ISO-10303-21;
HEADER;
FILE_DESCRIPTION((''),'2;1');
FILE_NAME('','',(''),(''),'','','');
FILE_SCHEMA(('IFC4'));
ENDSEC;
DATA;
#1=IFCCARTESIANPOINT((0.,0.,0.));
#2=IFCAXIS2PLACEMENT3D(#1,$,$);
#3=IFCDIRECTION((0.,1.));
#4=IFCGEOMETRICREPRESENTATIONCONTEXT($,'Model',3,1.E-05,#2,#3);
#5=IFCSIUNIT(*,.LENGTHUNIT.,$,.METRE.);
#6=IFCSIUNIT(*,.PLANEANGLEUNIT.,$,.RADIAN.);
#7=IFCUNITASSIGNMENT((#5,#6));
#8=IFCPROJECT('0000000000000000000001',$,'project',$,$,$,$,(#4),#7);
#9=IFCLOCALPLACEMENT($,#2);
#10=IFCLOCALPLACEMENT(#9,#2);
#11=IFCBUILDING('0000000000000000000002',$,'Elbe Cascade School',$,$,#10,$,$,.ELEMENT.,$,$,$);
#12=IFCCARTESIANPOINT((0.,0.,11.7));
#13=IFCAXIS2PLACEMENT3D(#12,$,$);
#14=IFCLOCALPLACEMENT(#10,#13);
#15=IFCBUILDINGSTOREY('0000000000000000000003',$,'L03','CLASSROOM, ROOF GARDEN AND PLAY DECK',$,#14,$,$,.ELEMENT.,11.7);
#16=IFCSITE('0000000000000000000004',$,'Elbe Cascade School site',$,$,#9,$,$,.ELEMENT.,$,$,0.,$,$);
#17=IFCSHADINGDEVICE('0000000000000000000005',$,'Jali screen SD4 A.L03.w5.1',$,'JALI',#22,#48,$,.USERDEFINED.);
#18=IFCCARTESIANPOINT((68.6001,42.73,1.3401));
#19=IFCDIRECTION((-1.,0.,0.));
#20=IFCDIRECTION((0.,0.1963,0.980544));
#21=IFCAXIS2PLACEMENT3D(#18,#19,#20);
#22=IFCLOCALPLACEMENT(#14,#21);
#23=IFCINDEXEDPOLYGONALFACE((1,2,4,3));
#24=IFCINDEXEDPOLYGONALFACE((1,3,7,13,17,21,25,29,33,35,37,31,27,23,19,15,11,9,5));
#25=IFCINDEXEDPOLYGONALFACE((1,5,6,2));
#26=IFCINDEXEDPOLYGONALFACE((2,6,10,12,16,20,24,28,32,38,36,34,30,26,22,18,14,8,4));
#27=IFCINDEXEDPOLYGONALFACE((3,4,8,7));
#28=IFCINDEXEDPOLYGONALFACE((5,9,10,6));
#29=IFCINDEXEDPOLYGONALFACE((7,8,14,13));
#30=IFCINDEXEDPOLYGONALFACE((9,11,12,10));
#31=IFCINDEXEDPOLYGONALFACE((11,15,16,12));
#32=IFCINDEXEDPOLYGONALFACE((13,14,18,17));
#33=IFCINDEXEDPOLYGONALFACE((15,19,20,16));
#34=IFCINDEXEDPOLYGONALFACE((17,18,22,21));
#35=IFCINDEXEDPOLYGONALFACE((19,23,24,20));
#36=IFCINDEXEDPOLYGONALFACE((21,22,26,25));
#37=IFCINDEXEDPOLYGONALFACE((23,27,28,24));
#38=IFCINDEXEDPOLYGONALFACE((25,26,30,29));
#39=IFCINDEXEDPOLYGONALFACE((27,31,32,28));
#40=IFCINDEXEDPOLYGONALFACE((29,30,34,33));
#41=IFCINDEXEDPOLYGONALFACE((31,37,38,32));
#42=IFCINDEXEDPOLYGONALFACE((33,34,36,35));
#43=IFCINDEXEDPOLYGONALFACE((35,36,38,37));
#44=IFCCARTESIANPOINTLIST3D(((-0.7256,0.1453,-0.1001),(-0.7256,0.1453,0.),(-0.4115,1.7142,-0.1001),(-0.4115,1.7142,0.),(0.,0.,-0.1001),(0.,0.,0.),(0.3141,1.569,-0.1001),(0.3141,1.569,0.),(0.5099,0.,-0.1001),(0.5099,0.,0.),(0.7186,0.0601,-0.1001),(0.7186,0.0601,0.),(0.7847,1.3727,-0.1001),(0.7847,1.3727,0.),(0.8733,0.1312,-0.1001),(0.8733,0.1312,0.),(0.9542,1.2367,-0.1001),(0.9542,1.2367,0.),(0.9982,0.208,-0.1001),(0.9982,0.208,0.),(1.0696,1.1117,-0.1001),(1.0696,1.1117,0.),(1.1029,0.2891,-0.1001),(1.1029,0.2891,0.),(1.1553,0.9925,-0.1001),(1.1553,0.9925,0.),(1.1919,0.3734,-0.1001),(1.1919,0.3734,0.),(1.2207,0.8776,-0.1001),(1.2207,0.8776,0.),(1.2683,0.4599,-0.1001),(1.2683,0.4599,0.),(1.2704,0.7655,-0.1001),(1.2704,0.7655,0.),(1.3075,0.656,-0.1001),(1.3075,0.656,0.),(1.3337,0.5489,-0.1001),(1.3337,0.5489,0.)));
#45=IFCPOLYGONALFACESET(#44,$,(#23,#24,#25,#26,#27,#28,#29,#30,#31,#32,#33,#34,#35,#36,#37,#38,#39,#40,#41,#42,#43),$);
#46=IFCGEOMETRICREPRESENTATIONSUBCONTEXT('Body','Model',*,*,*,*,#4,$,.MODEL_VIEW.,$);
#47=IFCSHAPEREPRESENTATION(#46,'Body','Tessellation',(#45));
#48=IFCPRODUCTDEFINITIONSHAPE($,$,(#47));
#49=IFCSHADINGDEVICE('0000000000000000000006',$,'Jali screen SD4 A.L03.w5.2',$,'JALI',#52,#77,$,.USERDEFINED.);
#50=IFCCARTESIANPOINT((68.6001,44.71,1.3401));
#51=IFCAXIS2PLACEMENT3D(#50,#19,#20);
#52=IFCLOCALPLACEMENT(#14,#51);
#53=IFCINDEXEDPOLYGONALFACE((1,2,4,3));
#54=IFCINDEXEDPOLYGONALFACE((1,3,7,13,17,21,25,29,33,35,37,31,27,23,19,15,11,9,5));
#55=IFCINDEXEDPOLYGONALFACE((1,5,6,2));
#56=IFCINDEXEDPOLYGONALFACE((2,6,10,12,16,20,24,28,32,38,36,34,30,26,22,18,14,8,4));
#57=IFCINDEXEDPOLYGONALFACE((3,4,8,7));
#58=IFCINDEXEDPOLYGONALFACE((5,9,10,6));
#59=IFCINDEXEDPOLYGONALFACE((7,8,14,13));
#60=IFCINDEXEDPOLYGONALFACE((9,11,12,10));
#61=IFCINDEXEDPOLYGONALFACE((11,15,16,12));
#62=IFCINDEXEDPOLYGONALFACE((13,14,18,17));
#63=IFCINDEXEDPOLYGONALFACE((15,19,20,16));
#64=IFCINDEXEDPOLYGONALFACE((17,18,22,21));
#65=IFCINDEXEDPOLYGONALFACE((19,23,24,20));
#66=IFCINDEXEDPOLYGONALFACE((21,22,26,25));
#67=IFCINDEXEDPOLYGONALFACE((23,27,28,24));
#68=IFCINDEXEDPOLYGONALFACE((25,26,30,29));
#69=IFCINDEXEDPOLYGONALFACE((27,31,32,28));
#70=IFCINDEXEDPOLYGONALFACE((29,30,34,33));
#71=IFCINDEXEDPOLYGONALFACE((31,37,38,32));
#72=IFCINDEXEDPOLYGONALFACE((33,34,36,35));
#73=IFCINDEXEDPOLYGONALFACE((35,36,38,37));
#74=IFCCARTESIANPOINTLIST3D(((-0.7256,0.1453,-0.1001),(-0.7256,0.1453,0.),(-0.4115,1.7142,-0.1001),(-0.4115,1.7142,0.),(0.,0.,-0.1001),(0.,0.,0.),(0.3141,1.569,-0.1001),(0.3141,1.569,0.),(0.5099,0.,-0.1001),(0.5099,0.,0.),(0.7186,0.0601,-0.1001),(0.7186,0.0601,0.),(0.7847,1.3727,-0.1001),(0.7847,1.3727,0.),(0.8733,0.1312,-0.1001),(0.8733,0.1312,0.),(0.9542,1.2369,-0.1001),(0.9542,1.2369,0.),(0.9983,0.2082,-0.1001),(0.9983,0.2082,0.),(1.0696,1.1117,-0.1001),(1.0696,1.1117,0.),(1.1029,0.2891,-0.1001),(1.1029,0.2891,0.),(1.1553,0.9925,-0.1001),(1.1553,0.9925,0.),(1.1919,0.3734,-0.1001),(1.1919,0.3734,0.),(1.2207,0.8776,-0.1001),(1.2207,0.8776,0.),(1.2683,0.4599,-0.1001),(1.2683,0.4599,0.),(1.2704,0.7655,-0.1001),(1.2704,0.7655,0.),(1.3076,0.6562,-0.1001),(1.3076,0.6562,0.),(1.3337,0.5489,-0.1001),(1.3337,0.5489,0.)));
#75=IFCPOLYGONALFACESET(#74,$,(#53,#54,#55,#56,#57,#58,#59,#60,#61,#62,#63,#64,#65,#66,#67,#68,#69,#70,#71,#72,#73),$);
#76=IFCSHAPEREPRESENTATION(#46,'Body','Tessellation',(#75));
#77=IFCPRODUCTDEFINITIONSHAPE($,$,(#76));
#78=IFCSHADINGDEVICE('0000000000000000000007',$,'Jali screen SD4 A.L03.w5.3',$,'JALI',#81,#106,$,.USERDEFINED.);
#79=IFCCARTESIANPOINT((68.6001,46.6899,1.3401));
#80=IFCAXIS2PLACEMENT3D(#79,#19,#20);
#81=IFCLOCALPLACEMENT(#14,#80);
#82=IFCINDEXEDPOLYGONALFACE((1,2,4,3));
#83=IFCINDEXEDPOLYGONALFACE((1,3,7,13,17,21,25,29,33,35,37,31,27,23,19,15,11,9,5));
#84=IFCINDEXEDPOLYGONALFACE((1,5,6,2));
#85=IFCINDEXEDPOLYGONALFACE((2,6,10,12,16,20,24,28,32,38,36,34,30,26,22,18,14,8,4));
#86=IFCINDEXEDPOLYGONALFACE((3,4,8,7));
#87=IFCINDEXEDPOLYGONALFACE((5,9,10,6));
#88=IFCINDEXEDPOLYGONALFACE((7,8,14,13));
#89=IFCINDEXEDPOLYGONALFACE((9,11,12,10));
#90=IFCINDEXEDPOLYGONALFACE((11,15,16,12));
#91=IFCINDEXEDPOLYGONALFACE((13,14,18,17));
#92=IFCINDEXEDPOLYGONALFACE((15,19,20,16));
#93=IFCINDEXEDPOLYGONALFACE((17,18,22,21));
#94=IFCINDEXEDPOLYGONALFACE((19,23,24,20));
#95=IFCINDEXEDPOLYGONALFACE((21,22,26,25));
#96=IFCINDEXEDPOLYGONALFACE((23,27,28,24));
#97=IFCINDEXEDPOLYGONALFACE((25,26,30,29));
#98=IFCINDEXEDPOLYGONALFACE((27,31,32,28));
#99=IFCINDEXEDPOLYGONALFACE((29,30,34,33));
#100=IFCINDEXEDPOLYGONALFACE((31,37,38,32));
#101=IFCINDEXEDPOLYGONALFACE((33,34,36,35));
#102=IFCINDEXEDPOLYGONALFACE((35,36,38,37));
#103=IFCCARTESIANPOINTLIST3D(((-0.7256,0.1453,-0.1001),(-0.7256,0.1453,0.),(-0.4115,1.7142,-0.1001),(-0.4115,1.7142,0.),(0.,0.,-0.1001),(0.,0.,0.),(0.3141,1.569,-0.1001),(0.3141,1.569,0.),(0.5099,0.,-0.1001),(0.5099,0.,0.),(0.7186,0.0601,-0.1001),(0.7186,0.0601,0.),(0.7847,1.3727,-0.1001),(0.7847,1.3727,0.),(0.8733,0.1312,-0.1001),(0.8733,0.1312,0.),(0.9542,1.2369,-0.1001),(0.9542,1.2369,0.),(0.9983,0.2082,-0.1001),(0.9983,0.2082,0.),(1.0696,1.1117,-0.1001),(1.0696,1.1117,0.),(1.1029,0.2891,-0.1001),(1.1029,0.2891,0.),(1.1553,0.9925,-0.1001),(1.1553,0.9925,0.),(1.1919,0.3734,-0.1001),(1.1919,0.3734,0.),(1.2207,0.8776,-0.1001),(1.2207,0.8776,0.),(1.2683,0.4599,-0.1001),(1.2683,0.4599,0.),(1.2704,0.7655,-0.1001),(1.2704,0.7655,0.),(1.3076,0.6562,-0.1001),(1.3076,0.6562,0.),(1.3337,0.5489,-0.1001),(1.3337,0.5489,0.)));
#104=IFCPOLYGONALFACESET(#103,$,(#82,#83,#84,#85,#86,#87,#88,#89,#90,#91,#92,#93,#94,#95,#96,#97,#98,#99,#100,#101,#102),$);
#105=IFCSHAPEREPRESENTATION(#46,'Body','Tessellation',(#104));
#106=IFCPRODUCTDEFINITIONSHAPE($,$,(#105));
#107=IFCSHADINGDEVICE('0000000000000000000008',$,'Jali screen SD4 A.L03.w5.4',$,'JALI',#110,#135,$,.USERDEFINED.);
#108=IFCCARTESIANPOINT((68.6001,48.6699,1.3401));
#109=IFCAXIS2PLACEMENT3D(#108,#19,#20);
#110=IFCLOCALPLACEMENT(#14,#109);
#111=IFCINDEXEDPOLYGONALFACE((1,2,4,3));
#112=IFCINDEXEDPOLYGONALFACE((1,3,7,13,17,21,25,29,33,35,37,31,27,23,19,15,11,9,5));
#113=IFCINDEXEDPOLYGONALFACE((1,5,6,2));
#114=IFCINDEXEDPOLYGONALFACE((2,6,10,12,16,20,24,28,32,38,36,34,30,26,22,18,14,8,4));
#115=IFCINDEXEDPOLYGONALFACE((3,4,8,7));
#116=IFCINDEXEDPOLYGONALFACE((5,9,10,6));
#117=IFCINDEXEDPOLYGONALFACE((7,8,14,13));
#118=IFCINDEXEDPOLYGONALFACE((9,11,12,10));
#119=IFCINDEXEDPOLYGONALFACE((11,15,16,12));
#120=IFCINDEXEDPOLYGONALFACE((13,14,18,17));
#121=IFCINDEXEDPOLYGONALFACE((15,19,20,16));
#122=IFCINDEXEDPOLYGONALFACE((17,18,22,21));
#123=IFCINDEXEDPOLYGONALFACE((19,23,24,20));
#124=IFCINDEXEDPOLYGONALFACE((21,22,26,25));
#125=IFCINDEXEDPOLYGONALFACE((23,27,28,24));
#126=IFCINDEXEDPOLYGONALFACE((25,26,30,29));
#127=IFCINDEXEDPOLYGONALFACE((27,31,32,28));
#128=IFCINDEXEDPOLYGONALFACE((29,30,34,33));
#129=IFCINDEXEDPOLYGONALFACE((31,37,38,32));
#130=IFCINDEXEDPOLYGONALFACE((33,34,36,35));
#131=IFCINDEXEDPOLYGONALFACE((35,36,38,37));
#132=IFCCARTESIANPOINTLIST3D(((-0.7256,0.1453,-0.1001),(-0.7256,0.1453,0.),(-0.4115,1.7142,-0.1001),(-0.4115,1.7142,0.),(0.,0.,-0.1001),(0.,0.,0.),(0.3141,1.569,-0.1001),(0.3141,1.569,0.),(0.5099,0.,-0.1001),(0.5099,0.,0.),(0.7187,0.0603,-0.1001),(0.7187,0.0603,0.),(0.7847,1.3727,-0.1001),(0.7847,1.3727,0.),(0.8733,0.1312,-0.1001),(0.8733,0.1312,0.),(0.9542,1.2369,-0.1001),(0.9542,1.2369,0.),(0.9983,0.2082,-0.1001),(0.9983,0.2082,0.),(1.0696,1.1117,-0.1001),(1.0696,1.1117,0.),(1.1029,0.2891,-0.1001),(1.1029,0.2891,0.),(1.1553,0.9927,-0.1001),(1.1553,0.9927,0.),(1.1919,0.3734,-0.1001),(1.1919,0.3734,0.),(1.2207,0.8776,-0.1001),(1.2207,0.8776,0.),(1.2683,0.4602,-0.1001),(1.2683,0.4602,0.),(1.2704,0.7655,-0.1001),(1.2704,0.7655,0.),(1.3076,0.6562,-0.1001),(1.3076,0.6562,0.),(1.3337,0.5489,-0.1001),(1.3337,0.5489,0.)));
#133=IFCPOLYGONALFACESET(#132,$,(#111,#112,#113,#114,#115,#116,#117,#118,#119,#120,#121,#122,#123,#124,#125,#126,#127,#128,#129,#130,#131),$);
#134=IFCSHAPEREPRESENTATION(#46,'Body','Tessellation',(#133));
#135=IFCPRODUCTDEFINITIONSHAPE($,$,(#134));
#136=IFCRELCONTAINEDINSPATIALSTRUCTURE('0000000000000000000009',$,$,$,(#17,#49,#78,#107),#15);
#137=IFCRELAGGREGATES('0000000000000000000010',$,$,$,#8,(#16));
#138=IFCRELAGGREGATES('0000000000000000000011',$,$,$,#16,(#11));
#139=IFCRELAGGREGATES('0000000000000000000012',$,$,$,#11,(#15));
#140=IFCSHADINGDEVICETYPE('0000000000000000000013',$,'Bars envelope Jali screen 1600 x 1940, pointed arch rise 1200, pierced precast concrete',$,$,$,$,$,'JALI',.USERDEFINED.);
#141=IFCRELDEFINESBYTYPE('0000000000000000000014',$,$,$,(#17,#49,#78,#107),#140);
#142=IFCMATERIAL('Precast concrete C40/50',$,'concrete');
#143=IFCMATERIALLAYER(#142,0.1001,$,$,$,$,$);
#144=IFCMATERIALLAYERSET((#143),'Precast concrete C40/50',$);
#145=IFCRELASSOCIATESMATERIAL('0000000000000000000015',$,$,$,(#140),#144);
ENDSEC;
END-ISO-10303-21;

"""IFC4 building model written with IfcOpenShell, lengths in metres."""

from ifc_helpers import new_model, si_unit, direction, frame, origin, place, context, subcontext, project, spatial, polyline, outline, extrude, material, layer, layer_set, type_object, element, save


model = new_model("IFC4")

# Units and contexts
model_context = context("Model", 3, precision=1e-05, world=origin(), true_north=direction((0.0, 1.0)))
body_context = subcontext(model_context, "Body", "Model", "MODEL_VIEW")
ifc_project = project(units=[si_unit("LENGTHUNIT", "METRE"), si_unit("PLANEANGLEUNIT", "RADIAN")], contexts=[model_context])

# Site, building, storey
site_placement = place(None, origin())
site = spatial("IfcSite", under=ifc_project, at=site_placement, Name="Elbe Cascade School site", CompositionType="ELEMENT", RefElevation=0.0)
building_placement = place(site_placement, origin())
building = spatial("IfcBuilding", under=site, at=building_placement, Name="Elbe Cascade School", CompositionType="ELEMENT")
storey_placement = place(building_placement, frame((0.0, 0.0, 11.7)))
storey = spatial("IfcBuildingStorey", under=building, at=storey_placement, Name="L03", Description="CLASSROOM, ROOF GARDEN AND PLAY DECK", CompositionType="ELEMENT", Elevation=11.7)

# Shading devices
ifc_material_1 = material(Name="Precast concrete C40/50", Category="concrete")
ifc_layer = layer(ifc_material_1, 0.1001)
ifc_layer_set = layer_set([ifc_layer], Name="Precast concrete C40/50")
shading_device_type = type_object("IfcShadingDeviceType", Name="Bars envelope Jali screen 1600 x 1940, pointed arch rise 1200, pierced precast concrete", ElementType="JALI", PredefinedType="USERDEFINED", material=ifc_layer_set)
shading_device_1_placement = place(storey_placement, frame((68.6001, 42.73, 1.3401), z_axis=(-1.0, 0.0, 0.0), x_axis=(0.0, 0.1963, 0.980544)))
element("IfcShadingDevice", 1, at=shading_device_1_placement, inside=storey, type_object=shading_device_type, Name="Jali screen SD4 A.L03.w5.1", ObjectType="JALI", PredefinedType="USERDEFINED", context=body_context, shape_type="SweptSolid", body=[
    extrude(outline(polyline([(0.0, 0.0), (0.5099, 0.0), (0.7186, 0.0601), (0.8733, 0.1312), (0.9982, 0.208), (1.1029, 0.2891), (1.1919, 0.3734), (1.2683, 0.4599), (1.3337, 0.5489), (1.3075, 0.656), (1.2704, 0.7655), (1.2207, 0.8776), (1.1553, 0.9925), (1.0696, 1.1117), (0.9542, 1.2367), (0.7847, 1.3727), (0.3141, 1.569), (-0.4115, 1.7142), (-0.7256, 0.1453), (0.0, 0.0)])), origin(), (0.0, 0.0, -1.0), 0.1001),
])
for number, where, z_axis, x_axis, name in (
    (2, (68.6001, 44.71, 1.3401), (-1.0, 0.0, 0.0), (0.0, 0.1963, 0.980544), "Jali screen SD4 A.L03.w5.2"),
    (3, (68.6001, 46.6899, 1.3401), (-1.0, 0.0, 0.0), (0.0, 0.1963, 0.980544), "Jali screen SD4 A.L03.w5.3"),
):
    element("IfcShadingDevice", number, at=place(storey_placement, frame(where, z_axis=z_axis, x_axis=x_axis)), inside=storey, type_object=shading_device_type, Name=name, ObjectType="JALI", PredefinedType="USERDEFINED", context=body_context, shape_type="SweptSolid", body=[
        extrude(outline(polyline([(0.0, 0.0), (0.5099, 0.0), (0.7186, 0.0601), (0.8733, 0.1312), (0.9983, 0.2082), (1.1029, 0.2891), (1.1919, 0.3734), (1.2683, 0.4599), (1.3337, 0.5489), (1.3076, 0.6562), (1.2704, 0.7655), (1.2207, 0.8776), (1.1553, 0.9925), (1.0696, 1.1117), (0.9542, 1.2369), (0.7847, 1.3727), (0.3141, 1.569), (-0.4115, 1.7142), (-0.7256, 0.1453), (0.0, 0.0)])), origin(), (0.0, 0.0, -1.0), 0.1001),
    ])
shading_device_2_placement = place(storey_placement, frame((68.6001, 48.6699, 1.3401), z_axis=(-1.0, 0.0, 0.0), x_axis=(0.0, 0.1963, 0.980544)))
element("IfcShadingDevice", 4, at=shading_device_2_placement, inside=storey, type_object=shading_device_type, Name="Jali screen SD4 A.L03.w5.4", ObjectType="JALI", PredefinedType="USERDEFINED", context=body_context, shape_type="SweptSolid", body=[
    extrude(outline(polyline([(0.0, 0.0), (0.5099, 0.0), (0.7187, 0.0603), (0.8733, 0.1312), (0.9983, 0.2082), (1.1029, 0.2891), (1.1919, 0.3734), (1.2683, 0.4602), (1.3337, 0.5489), (1.3076, 0.6562), (1.2704, 0.7655), (1.2207, 0.8776), (1.1553, 0.9927), (1.0696, 1.1117), (0.9542, 1.2369), (0.7847, 1.3727), (0.3141, 1.569), (-0.4115, 1.7142), (-0.7256, 0.1453), (0.0, 0.0)])), origin(), (0.0, 0.0, -1.0), 0.1001),
])

save(model, "model.ifc")
